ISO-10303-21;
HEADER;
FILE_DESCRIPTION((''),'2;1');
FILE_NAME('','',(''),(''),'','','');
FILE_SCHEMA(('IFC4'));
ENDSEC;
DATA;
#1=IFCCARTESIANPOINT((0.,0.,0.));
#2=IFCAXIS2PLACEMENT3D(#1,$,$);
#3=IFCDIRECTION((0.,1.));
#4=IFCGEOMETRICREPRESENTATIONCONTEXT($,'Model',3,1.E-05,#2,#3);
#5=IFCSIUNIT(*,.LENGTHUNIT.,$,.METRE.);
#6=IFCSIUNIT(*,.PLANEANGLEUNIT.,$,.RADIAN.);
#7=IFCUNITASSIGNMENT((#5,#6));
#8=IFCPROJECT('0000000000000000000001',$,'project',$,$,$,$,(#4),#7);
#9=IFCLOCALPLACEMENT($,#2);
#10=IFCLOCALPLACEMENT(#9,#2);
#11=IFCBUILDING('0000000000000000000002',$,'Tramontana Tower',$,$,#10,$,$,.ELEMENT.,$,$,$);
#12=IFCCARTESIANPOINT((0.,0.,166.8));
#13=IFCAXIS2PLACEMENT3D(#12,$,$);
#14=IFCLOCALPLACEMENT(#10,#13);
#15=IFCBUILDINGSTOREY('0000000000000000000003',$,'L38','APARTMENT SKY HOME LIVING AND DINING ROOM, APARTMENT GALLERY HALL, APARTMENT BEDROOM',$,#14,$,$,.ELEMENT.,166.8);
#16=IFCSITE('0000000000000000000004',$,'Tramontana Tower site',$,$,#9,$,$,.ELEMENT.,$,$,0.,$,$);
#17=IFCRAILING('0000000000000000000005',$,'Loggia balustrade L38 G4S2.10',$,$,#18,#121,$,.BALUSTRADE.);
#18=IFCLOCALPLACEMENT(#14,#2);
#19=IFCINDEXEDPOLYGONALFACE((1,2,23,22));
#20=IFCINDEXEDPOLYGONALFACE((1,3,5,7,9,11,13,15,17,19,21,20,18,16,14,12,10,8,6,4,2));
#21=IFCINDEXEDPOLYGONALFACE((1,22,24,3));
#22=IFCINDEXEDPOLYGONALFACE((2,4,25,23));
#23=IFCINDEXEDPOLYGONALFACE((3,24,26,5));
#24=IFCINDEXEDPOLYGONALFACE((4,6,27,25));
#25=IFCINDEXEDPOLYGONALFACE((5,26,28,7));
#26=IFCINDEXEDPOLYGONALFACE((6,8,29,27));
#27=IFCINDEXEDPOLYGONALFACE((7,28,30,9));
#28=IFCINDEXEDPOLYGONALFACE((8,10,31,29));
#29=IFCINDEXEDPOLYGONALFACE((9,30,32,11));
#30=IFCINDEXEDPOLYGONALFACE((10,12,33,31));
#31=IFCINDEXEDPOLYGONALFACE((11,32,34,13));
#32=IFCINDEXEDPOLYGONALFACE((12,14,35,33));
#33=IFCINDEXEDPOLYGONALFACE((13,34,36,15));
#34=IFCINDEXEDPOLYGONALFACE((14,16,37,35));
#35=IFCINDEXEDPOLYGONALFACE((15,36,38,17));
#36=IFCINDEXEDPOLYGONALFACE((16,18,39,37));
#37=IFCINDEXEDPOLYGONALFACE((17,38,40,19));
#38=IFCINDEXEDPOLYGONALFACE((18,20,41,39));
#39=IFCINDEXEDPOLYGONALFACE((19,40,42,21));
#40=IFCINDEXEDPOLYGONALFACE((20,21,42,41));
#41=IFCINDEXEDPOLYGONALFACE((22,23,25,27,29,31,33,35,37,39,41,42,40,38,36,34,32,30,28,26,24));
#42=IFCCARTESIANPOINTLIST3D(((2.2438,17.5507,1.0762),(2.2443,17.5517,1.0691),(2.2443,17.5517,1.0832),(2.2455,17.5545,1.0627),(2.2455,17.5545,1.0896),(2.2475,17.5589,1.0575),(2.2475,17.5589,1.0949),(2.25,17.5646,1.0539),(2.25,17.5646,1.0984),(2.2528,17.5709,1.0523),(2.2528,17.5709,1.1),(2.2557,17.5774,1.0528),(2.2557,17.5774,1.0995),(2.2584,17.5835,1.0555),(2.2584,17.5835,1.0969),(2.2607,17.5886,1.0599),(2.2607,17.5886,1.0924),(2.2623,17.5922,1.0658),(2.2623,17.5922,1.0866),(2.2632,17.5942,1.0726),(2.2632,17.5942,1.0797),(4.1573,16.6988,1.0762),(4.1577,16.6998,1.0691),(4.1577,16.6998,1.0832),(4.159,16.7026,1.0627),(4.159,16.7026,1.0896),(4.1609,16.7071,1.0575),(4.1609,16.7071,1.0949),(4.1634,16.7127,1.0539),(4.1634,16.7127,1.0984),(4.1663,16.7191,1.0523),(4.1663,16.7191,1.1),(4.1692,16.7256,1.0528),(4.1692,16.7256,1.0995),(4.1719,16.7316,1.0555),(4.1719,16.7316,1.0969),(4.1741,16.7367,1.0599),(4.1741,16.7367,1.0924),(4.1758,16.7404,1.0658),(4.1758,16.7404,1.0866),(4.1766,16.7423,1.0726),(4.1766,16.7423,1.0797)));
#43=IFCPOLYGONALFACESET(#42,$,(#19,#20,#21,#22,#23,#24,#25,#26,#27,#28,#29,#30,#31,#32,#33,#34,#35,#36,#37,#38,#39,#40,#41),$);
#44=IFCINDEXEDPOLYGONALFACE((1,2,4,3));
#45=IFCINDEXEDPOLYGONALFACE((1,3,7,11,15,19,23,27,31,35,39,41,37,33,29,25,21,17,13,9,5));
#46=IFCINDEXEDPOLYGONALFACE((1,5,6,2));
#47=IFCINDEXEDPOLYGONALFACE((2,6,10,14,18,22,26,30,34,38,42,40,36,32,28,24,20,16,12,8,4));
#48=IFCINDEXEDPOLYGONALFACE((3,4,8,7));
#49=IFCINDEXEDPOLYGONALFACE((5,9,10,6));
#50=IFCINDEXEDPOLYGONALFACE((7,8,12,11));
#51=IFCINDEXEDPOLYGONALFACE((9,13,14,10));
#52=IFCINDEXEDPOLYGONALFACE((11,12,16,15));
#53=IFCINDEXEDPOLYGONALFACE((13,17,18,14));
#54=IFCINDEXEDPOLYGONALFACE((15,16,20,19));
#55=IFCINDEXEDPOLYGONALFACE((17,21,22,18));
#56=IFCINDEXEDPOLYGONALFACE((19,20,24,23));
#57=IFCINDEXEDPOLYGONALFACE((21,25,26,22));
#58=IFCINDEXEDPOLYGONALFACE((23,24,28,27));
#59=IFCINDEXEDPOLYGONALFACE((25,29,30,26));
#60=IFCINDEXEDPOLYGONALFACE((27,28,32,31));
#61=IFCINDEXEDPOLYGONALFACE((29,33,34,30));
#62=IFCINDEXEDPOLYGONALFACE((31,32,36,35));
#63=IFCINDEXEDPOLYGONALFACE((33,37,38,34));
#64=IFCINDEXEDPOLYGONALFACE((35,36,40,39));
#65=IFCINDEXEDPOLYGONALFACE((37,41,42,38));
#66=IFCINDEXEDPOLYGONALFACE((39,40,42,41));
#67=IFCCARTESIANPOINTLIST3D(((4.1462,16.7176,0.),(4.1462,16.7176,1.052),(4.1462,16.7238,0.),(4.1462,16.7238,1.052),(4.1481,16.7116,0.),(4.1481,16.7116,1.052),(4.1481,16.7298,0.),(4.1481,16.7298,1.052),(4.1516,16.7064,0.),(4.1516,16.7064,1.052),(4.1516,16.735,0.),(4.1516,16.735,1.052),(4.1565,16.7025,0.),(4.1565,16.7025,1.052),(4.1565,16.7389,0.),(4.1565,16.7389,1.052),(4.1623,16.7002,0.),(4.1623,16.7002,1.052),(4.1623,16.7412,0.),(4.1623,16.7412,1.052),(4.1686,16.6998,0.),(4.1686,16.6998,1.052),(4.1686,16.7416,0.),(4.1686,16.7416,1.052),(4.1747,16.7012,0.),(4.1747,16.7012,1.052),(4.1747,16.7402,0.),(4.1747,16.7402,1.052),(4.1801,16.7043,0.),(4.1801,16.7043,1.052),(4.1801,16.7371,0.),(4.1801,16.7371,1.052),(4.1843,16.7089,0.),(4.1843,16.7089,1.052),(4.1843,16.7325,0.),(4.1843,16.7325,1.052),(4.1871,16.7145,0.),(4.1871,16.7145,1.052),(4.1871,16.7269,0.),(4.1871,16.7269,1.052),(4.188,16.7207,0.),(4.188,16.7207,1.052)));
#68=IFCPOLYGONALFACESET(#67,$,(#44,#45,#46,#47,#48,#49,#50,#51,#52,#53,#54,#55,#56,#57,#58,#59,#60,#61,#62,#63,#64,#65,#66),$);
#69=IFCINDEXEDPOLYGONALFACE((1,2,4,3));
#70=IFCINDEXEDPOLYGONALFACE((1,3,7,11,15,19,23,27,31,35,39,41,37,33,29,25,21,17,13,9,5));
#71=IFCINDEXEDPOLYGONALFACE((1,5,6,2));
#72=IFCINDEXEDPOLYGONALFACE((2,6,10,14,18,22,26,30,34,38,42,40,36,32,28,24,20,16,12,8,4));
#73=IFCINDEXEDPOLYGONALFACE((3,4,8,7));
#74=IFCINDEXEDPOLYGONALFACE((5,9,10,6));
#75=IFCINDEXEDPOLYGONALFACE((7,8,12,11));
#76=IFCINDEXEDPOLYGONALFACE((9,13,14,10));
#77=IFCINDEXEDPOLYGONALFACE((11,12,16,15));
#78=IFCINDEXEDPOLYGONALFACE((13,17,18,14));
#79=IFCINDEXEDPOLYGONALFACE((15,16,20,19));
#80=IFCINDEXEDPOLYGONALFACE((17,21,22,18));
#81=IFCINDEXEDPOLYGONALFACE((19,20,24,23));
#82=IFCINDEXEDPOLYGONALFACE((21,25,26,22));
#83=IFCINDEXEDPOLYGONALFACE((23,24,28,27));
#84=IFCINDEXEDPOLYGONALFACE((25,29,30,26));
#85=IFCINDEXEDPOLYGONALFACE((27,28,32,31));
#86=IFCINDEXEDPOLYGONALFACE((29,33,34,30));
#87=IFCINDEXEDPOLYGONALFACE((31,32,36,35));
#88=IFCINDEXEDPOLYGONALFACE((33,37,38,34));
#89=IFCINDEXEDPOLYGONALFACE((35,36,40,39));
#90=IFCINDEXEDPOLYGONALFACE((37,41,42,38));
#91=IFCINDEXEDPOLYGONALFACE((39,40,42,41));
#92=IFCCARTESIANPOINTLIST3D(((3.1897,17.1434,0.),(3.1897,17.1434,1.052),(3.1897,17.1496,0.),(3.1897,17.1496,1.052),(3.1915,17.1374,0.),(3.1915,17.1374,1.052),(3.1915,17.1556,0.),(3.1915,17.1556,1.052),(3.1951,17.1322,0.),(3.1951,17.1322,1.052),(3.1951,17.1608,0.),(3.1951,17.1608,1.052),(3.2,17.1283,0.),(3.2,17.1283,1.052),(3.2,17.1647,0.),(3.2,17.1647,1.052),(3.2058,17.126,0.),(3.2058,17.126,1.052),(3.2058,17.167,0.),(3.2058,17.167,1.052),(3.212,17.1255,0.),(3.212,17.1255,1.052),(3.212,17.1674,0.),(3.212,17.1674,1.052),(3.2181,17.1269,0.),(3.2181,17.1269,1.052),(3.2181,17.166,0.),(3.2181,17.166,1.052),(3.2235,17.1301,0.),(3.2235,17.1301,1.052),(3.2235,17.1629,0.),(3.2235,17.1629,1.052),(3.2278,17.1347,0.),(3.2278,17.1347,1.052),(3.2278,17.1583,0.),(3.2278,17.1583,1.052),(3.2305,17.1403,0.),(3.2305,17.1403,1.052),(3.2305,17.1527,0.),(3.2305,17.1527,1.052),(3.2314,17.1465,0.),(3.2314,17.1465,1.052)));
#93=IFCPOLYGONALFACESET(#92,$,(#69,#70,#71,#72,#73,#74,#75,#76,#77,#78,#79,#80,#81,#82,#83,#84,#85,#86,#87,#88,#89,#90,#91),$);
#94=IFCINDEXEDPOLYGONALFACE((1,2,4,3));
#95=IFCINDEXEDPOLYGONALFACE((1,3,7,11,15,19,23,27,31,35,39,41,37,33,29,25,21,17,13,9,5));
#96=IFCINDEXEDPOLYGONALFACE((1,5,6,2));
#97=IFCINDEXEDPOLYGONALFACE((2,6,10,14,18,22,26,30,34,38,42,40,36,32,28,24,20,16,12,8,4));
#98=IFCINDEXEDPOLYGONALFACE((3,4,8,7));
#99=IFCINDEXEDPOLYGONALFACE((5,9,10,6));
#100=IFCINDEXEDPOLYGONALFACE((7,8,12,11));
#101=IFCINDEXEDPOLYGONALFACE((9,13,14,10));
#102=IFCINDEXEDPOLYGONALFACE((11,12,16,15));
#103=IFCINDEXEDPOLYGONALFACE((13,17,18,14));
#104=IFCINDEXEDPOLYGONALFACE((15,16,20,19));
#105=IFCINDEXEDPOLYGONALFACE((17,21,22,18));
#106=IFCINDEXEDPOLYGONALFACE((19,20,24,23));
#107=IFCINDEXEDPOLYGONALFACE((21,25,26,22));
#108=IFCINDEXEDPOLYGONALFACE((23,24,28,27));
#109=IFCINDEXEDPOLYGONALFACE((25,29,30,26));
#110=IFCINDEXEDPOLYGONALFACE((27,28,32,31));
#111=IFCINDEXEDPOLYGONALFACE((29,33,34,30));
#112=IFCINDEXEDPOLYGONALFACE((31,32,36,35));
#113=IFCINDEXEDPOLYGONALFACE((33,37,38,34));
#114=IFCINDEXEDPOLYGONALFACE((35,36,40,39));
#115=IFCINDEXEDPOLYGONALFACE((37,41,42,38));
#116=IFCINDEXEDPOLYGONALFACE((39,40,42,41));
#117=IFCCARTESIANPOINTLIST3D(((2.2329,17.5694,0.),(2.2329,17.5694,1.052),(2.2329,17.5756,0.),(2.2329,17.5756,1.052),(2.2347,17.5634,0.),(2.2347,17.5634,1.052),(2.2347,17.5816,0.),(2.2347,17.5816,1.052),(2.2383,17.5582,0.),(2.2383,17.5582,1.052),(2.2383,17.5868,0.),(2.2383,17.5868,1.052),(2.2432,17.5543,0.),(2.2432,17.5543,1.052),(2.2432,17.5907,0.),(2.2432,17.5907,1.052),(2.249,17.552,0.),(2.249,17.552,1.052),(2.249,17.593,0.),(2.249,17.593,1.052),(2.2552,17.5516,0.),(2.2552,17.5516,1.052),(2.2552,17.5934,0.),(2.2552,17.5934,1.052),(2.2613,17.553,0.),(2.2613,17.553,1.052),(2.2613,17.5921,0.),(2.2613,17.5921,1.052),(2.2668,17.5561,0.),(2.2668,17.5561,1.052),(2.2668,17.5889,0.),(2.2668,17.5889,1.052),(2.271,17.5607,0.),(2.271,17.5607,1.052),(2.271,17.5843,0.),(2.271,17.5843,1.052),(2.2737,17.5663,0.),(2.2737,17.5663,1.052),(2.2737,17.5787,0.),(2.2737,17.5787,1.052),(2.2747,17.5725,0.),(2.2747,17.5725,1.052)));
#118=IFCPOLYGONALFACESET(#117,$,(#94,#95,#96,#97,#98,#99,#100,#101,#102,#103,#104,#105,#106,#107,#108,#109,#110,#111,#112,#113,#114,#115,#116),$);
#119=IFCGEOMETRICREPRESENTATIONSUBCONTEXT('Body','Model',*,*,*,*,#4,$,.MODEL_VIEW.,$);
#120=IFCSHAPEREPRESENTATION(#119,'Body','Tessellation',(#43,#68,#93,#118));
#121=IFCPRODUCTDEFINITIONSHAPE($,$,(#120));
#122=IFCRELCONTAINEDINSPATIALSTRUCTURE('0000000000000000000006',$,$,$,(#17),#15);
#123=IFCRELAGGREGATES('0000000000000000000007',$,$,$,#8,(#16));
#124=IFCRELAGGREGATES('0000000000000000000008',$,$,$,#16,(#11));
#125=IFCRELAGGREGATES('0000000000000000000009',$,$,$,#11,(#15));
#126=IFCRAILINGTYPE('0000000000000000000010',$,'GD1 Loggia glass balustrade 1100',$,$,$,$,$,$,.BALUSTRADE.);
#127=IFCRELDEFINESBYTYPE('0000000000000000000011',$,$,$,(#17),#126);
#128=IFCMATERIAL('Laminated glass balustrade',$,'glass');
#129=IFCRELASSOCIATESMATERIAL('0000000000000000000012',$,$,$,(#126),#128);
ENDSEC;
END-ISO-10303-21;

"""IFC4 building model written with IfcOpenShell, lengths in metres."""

from ifc_helpers import new_model, si_unit, direction, frame, origin, origin_2d, place, context, subcontext, project, spatial, circle, extrude, material, type_object, element, save


model = new_model("IFC4")

# Units and contexts
model_context = context("Model", 3, precision=1e-05, world=origin(), true_north=direction((0.0, 1.0)))
body_context = subcontext(model_context, "Body", "Model", "MODEL_VIEW")
ifc_project = project(units=[si_unit("LENGTHUNIT", "METRE"), si_unit("PLANEANGLEUNIT", "RADIAN")], contexts=[model_context])

# Site, building, storey
site_placement = place(None, origin())
site = spatial("IfcSite", under=ifc_project, at=site_placement, Name="Tramontana Tower site", CompositionType="ELEMENT", RefElevation=0.0)
building_placement = place(site_placement, origin())
building = spatial("IfcBuilding", under=site, at=building_placement, Name="Tramontana Tower", CompositionType="ELEMENT")
storey_placement = place(building_placement, frame((0.0, 0.0, 166.8)))
storey = spatial("IfcBuildingStorey", under=building, at=storey_placement, Name="L38", Description="APARTMENT SKY HOME LIVING AND DINING ROOM, APARTMENT GALLERY HALL, APARTMENT BEDROOM", CompositionType="ELEMENT", Elevation=166.8)

# Railing
ifc_material_1 = material(Name="Laminated glass balustrade", Category="glass")
railing_type = type_object("IfcRailingType", Name="GD1 Loggia glass balustrade 1100", PredefinedType="BALUSTRADE", material=ifc_material_1)
railing_placement = place(storey_placement, frame((4.167, 16.7207, 0.0)))
element("IfcRailing", 1, at=railing_placement, inside=storey, type_object=railing_type, Name="Loggia balustrade L38 G4S2.10", PredefinedType="BALUSTRADE", context=body_context, shape_type="SweptSolid", body=[
    extrude(circle(Radius=0.0239, at=origin_2d()), frame((0.0, 0.0, 1.0762), z_axis=(-0.913557, 0.406712, 0.0), x_axis=(-0.406712, -0.913557, 0.0)), (0.0, 0.0, 1.0), 2.0945),
    extrude(circle(Radius=0.021, at=origin_2d()), origin(), (0.0, 0.0, 1.0), 1.052),
    extrude(circle(Radius=0.021, at=origin_2d()), frame((-0.9565, 0.4258, 0.0)), (0.0, 0.0, 1.0), 1.052),
    extrude(circle(Radius=0.021, at=origin_2d()), frame((-1.9133, 0.8518, 0.0)), (0.0, 0.0, 1.0), 1.052),
])

save(model, "model.ifc")
